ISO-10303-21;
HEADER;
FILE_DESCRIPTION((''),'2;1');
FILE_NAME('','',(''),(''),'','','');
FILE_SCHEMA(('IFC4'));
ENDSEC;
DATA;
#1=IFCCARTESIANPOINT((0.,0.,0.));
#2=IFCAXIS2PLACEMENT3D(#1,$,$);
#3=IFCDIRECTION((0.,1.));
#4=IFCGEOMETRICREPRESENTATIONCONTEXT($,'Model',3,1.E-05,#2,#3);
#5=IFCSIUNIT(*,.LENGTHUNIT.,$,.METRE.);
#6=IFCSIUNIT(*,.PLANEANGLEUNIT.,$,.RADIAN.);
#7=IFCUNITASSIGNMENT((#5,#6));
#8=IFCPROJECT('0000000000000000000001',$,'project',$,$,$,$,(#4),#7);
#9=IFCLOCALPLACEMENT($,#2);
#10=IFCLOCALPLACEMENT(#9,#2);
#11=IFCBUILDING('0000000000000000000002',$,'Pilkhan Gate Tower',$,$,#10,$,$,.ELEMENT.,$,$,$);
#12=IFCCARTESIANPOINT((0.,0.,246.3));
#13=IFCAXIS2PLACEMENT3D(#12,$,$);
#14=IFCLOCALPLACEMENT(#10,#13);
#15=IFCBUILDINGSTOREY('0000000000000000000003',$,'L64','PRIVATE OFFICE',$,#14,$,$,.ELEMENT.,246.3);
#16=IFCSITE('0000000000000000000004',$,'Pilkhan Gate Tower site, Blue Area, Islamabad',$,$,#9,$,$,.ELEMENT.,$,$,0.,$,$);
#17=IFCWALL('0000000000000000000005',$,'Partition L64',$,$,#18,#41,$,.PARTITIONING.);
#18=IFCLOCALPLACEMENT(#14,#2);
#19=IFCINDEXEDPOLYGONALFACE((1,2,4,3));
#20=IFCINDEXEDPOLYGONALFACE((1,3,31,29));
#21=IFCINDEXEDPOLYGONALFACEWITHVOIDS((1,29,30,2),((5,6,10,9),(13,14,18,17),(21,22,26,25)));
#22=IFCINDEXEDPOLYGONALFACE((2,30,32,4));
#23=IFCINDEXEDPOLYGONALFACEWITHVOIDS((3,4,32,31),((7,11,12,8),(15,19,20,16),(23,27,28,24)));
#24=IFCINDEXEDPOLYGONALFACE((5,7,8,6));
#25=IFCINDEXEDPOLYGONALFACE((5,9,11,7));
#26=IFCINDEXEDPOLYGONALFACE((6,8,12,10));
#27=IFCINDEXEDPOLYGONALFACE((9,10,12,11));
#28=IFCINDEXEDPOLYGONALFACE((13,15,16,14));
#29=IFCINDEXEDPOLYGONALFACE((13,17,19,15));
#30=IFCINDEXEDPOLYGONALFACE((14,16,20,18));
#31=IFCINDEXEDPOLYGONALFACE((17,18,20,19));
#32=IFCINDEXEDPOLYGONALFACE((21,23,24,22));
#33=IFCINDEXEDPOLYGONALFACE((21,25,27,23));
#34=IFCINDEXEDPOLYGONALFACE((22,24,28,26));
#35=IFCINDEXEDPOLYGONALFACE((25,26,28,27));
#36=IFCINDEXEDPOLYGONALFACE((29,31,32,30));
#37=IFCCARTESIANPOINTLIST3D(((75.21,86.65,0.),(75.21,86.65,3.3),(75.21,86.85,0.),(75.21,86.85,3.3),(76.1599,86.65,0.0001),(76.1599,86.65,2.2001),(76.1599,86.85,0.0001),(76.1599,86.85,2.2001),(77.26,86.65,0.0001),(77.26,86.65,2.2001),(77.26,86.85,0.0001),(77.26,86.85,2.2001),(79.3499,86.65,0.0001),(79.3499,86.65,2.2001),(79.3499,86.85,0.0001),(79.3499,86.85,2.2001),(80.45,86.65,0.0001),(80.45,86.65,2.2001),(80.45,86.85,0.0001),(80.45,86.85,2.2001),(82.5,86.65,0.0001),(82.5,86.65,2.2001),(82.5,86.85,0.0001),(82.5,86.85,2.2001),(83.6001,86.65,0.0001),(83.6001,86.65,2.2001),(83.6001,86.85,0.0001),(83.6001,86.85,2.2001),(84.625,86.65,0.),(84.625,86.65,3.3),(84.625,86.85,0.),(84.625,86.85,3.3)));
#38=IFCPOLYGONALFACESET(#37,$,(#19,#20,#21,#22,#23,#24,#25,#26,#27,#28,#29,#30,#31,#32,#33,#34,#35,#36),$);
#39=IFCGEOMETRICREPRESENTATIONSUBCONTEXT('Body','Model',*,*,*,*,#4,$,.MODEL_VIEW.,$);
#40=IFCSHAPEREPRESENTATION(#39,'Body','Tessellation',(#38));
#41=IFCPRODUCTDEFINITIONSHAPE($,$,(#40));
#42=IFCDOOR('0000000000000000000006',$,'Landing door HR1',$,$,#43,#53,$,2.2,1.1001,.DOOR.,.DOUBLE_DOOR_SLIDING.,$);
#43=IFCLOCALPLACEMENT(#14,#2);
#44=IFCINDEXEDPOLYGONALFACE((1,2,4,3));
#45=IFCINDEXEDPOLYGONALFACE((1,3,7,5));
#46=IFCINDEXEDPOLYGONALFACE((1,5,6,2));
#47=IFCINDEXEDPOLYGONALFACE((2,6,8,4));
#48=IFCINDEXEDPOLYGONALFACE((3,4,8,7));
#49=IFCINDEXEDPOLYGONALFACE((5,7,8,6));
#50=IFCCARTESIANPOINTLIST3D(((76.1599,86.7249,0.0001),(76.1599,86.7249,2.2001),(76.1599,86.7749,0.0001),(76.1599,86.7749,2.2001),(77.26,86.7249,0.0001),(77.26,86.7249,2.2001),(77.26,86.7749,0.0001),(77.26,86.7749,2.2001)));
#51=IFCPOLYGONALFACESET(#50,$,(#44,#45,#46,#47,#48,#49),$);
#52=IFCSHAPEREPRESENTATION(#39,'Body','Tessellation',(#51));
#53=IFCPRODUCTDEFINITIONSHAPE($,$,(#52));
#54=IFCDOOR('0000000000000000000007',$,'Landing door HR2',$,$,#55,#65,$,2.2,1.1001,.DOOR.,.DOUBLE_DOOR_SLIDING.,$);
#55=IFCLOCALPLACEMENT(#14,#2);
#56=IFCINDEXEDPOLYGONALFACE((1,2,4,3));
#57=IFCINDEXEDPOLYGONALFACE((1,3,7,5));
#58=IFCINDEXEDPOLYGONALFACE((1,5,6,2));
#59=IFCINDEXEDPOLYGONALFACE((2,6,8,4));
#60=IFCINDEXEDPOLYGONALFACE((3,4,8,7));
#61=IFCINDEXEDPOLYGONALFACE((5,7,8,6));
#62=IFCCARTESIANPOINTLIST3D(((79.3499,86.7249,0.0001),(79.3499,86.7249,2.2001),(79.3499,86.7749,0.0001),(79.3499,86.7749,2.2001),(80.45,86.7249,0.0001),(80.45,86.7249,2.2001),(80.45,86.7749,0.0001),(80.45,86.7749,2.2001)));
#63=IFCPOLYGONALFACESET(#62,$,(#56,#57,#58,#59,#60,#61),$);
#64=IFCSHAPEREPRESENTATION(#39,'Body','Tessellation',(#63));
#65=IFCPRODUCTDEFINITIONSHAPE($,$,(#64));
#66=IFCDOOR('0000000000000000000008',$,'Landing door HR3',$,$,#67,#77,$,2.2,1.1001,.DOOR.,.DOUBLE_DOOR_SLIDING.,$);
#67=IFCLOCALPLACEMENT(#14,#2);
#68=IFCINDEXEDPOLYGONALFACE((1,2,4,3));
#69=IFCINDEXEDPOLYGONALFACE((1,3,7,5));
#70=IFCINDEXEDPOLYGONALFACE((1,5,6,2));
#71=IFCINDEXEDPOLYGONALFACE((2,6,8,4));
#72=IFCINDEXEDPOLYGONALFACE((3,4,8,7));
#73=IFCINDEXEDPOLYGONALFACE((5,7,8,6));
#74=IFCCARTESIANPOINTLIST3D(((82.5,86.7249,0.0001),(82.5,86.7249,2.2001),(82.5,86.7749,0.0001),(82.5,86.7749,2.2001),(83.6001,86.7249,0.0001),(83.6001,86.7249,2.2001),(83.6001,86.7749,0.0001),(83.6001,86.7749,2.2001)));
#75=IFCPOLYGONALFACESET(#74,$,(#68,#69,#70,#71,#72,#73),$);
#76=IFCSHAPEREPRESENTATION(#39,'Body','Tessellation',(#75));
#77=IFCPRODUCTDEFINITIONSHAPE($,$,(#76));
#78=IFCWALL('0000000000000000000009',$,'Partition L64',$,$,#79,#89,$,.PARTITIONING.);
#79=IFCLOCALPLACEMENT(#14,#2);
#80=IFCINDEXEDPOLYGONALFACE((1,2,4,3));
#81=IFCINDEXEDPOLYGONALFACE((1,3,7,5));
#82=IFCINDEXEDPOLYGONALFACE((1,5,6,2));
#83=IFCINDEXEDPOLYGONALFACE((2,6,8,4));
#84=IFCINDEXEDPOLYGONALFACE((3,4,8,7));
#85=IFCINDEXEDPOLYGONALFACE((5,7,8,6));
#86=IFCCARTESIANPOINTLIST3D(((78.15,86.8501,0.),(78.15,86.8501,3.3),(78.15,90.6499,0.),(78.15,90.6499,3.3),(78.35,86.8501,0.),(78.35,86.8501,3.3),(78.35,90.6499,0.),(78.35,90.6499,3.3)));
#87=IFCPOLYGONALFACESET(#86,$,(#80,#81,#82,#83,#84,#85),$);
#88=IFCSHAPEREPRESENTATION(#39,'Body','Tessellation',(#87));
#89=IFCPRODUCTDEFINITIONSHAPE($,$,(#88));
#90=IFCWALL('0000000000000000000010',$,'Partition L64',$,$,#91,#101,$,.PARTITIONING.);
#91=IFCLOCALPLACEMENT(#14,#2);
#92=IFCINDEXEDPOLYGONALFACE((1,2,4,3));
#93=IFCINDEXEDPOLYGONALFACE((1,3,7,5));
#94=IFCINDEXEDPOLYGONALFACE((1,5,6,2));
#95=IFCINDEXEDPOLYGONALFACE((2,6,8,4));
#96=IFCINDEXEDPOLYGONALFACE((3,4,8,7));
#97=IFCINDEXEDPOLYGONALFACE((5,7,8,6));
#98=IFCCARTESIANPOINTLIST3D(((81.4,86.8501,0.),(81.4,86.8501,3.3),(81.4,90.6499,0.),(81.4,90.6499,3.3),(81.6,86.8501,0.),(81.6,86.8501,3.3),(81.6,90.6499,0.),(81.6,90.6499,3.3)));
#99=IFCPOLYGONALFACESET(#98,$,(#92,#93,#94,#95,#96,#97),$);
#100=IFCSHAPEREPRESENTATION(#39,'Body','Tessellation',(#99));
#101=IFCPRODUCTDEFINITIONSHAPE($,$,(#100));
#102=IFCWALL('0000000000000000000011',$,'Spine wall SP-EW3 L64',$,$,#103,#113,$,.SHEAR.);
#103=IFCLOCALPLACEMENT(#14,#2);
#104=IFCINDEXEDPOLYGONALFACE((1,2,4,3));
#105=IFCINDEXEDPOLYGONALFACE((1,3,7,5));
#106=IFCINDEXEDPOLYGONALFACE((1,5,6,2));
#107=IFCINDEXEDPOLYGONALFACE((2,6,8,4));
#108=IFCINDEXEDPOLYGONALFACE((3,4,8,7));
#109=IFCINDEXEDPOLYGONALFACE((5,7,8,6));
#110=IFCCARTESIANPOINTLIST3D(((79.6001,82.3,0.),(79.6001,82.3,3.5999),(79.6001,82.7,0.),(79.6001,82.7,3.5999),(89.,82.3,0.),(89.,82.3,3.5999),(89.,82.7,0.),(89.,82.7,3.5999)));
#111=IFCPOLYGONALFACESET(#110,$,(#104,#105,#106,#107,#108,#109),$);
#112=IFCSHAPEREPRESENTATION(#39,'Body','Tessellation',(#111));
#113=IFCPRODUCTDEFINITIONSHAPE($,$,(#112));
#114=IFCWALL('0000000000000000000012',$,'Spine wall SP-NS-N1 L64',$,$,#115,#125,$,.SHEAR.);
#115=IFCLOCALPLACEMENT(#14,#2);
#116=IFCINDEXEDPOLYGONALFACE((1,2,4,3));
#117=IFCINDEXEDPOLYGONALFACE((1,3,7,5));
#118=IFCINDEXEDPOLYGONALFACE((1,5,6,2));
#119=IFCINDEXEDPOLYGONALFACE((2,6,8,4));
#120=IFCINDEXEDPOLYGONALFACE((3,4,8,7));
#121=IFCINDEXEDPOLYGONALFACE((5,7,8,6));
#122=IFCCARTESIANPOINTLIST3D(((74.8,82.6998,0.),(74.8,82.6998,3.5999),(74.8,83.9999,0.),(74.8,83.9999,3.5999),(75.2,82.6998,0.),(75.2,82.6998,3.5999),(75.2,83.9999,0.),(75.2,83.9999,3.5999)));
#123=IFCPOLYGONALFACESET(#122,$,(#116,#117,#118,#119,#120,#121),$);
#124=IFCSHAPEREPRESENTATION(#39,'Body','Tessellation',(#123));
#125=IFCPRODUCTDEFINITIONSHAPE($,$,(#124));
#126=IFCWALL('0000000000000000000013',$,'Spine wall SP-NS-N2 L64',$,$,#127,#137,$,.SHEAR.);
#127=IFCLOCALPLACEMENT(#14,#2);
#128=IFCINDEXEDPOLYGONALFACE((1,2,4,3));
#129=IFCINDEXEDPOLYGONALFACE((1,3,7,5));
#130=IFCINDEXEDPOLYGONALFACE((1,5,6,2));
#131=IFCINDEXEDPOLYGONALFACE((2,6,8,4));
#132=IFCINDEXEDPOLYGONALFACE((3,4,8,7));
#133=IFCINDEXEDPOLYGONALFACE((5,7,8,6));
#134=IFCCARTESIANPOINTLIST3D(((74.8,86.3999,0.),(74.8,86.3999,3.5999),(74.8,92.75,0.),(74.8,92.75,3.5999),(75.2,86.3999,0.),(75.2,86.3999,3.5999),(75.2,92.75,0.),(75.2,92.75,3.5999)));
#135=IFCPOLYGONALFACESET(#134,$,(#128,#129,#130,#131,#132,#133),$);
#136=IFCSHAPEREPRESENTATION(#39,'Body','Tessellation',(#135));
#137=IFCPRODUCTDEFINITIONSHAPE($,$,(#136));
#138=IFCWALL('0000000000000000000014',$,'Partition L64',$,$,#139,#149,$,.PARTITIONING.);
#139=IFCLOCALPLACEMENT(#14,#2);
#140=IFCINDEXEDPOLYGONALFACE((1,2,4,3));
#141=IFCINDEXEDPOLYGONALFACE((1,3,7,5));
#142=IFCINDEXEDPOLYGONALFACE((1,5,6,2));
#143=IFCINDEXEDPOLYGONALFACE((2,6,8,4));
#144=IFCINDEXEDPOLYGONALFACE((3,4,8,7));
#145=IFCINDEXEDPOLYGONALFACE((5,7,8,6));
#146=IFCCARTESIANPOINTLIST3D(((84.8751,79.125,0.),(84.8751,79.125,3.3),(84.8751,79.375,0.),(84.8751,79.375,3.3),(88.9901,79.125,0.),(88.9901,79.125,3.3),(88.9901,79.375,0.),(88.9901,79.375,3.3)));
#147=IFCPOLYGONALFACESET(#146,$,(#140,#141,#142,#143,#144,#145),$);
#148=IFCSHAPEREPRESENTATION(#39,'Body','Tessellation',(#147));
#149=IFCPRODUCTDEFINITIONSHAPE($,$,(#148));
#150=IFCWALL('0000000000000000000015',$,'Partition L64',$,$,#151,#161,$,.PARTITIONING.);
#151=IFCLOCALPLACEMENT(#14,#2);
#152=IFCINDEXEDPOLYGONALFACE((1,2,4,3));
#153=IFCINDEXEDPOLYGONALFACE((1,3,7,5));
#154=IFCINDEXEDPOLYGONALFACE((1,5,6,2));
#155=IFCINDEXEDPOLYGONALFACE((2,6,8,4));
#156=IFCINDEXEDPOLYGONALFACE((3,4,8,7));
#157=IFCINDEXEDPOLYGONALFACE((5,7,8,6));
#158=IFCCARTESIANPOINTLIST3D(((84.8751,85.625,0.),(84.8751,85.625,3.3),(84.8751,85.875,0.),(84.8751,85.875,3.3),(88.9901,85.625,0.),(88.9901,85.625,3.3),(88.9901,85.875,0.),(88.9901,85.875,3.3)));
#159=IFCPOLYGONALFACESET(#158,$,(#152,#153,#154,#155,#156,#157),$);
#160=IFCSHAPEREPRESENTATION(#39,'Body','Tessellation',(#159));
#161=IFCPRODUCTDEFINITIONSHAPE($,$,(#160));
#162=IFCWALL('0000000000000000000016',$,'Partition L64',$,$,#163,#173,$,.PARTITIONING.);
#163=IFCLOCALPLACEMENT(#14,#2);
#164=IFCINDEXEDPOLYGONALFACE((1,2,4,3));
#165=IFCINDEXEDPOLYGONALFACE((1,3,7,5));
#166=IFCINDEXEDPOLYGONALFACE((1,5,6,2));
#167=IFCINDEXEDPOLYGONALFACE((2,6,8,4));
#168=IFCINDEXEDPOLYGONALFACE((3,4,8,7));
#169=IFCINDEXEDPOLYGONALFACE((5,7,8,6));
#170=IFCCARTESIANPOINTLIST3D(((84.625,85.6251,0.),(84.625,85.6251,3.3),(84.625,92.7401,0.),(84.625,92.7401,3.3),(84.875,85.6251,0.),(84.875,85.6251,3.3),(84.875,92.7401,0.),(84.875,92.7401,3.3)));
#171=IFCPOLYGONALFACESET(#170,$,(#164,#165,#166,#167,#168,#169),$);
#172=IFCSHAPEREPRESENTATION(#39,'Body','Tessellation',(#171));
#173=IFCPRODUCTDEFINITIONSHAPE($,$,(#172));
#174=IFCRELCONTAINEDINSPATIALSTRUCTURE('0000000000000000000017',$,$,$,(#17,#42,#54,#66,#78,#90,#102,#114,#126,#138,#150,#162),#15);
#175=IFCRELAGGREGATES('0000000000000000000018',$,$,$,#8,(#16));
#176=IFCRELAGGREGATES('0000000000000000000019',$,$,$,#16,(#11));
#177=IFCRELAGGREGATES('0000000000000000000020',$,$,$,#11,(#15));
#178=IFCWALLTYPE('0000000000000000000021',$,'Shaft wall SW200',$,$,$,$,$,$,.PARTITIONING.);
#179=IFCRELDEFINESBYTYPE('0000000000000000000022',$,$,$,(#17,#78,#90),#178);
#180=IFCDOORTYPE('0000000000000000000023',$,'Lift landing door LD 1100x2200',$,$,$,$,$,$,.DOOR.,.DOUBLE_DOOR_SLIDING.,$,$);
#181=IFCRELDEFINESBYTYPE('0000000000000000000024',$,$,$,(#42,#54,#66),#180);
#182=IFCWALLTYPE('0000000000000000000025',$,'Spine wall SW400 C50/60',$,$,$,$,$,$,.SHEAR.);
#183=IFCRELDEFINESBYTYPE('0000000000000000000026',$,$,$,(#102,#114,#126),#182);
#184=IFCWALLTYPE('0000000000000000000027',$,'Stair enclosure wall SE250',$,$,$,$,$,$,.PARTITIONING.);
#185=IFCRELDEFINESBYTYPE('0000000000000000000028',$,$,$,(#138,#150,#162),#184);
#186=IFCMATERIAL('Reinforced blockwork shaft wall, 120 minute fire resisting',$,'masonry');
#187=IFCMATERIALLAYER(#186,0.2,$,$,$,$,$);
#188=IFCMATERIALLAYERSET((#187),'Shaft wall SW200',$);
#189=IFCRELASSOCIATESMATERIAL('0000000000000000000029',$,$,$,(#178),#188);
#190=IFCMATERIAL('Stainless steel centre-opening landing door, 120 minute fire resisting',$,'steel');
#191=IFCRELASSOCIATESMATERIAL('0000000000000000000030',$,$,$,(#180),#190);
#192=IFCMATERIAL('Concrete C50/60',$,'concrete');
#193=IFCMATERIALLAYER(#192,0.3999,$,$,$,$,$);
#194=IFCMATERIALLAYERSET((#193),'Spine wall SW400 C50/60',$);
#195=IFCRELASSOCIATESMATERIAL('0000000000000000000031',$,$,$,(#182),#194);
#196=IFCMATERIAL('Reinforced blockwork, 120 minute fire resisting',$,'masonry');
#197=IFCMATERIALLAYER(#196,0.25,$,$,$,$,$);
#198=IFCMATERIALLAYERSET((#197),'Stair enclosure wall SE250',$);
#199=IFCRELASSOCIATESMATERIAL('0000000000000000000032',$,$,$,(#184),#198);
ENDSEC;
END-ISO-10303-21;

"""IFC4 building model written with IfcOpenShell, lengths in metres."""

from ifc_helpers import new_model, si_unit, direction, frame, frame_2d, origin, place, context, subcontext, project, spatial, rectangle, extrude, material, layer, layer_set, type_object, element, fill, save


model = new_model("IFC4")

# Units and contexts
model_context = context("Model", 3, precision=1e-05, world=origin(), true_north=direction((0.0, 1.0)))
body_context = subcontext(model_context, "Body", "Model", "MODEL_VIEW")
ifc_project = project(units=[si_unit("LENGTHUNIT", "METRE"), si_unit("PLANEANGLEUNIT", "RADIAN")], contexts=[model_context])

# Site, building, storey
site_placement = place(None, origin())
site = spatial("IfcSite", under=ifc_project, at=site_placement, Name="Pilkhan Gate Tower site, Blue Area, Islamabad", CompositionType="ELEMENT", RefElevation=0.0)
building_placement = place(site_placement, origin())
building = spatial("IfcBuilding", under=site, at=building_placement, Name="Pilkhan Gate Tower", CompositionType="ELEMENT")
storey_placement = place(building_placement, frame((0.0, 0.0, 246.3)))
storey = spatial("IfcBuildingStorey", under=building, at=storey_placement, Name="L64", Description="PRIVATE OFFICE", CompositionType="ELEMENT", Elevation=246.3)

# Shared definitions
ifc_material_1 = material(Name="Concrete C50/60", Category="concrete")

# Wall, openings, doors
ifc_material_2 = material(Name="Reinforced blockwork shaft wall, 120 minute fire resisting", Category="masonry")
ifc_layer_1 = layer(ifc_material_2, 0.2)
ifc_layer_set_1 = layer_set([ifc_layer_1], Name="Shaft wall SW200")
wall_type_1 = type_object("IfcWallType", Name="Shaft wall SW200", PredefinedType="PARTITIONING", material=ifc_layer_set_1)
wall_1_placement = place(storey_placement, frame((75.21, 86.75, 0.0), z_axis=(0.0, 0.0, 1.0), x_axis=(1.0, 0.0, 0.0)))
wall_1 = element("IfcWall", 1, at=wall_1_placement, inside=storey, type_object=wall_type_1, Name="Partition L64", PredefinedType="PARTITIONING", context=body_context, shape_type="SweptSolid", body=[
    extrude(rectangle(XDim=9.415, YDim=0.2, at=frame_2d((4.7075, 0.0))), origin(), (0.0, 0.0, 1.0), 3.3),
])
opening_1_placement = place(wall_1_placement, frame((0.95, 0.0, 0.0)))
opening_1 = element("IfcOpeningElement", 2, at=opening_1_placement, cuts=wall_1, PredefinedType="OPENING", context=body_context, shape_type="SweptSolid", body=[
    extrude(rectangle(XDim=1.1001, YDim=2.2, at=frame_2d((0.55, 1.1001))), frame((0.0, 0.1099, 0.0), z_axis=(0.0, -1.0, 0.0), x_axis=(1.0, 0.0, 0.0)), (0.0, 0.0, 1.0), 0.22),
])
opening_2_placement = place(wall_1_placement, frame((4.1399, 0.0, 0.0)))
opening_2 = element("IfcOpeningElement", 3, at=opening_2_placement, cuts=wall_1, PredefinedType="OPENING", context=body_context, shape_type="SweptSolid", body=[
    extrude(rectangle(XDim=1.1001, YDim=2.2, at=frame_2d((0.55, 1.1001))), frame((0.0, 0.1099, 0.0), z_axis=(0.0, -1.0, 0.0), x_axis=(1.0, 0.0, 0.0)), (0.0, 0.0, 1.0), 0.22),
])
opening_3_placement = place(wall_1_placement, frame((7.29, 0.0, 0.0)))
opening_3 = element("IfcOpeningElement", 4, at=opening_3_placement, cuts=wall_1, PredefinedType="OPENING", context=body_context, shape_type="SweptSolid", body=[
    extrude(rectangle(XDim=1.1001, YDim=2.2, at=frame_2d((0.55, 1.1001))), frame((0.0, 0.1099, 0.0), z_axis=(0.0, -1.0, 0.0), x_axis=(1.0, 0.0, 0.0)), (0.0, 0.0, 1.0), 0.22),
])
ifc_material_3 = material(Name="Stainless steel centre-opening landing door, 120 minute fire resisting", Category="steel")
door_type_1 = type_object("IfcDoorType", Name="Lift landing door LD 1100x2200", OperationType="DOUBLE_DOOR_SLIDING", PredefinedType="DOOR", material=ifc_material_3)
door_1_placement = place(opening_1_placement, origin())
door_1 = element("IfcDoor", 5, at=door_1_placement, inside=storey, type_object=door_type_1, Name="Landing door HR1", OperationType="DOUBLE_DOOR_SLIDING", OverallHeight=2.2, OverallWidth=1.1001, PredefinedType="DOOR", context=body_context, shape_type="SweptSolid", body=[
    extrude(rectangle(XDim=1.1001, YDim=2.2, at=frame_2d((0.55, 1.1001))), frame((0.0, 0.0249, 0.0), z_axis=(0.0, -1.0, 0.0), x_axis=(1.0, 0.0, 0.0)), (0.0, 0.0, 1.0), 0.05),
])
fill(opening_1, door_1)
door_2_placement = place(opening_2_placement, origin())
door_2 = element("IfcDoor", 6, at=door_2_placement, inside=storey, type_object=door_type_1, Name="Landing door HR2", OperationType="DOUBLE_DOOR_SLIDING", OverallHeight=2.2, OverallWidth=1.1001, PredefinedType="DOOR", context=body_context, shape_type="SweptSolid", body=[
    extrude(rectangle(XDim=1.1001, YDim=2.2, at=frame_2d((0.55, 1.1001))), frame((0.0, 0.0249, 0.0), z_axis=(0.0, -1.0, 0.0), x_axis=(1.0, 0.0, 0.0)), (0.0, 0.0, 1.0), 0.05),
])
fill(opening_2, door_2)
door_3_placement = place(opening_3_placement, origin())
door_3 = element("IfcDoor", 7, at=door_3_placement, inside=storey, type_object=door_type_1, Name="Landing door HR3", OperationType="DOUBLE_DOOR_SLIDING", OverallHeight=2.2, OverallWidth=1.1001, PredefinedType="DOOR", context=body_context, shape_type="SweptSolid", body=[
    extrude(rectangle(XDim=1.1001, YDim=2.2, at=frame_2d((0.55, 1.1001))), frame((0.0, 0.0249, 0.0), z_axis=(0.0, -1.0, 0.0), x_axis=(1.0, 0.0, 0.0)), (0.0, 0.0, 1.0), 0.05),
])
fill(opening_3, door_3)

# Walls
for number, where, z_axis, x_axis, name in (
    (8, (78.25, 86.8501, 0.0), (0.0, 0.0, 1.0), (0.0, 1.0, 0.0), "Partition L64"),
    (9, (81.5, 86.8501, 0.0), (0.0, 0.0, 1.0), (0.0, 1.0, 0.0), "Partition L64"),
):
    element("IfcWall", number, at=place(storey_placement, frame(where, z_axis=z_axis, x_axis=x_axis)), inside=storey, type_object=wall_type_1, Name=name, PredefinedType="PARTITIONING", context=body_context, shape_type="SweptSolid", body=[
        extrude(rectangle(XDim=3.7998, YDim=0.2, at=frame_2d((1.8999, 0.0))), origin(), (0.0, 0.0, 1.0), 3.3),
    ])
ifc_layer_2 = layer(ifc_material_1, 0.3999)
ifc_layer_set_2 = layer_set([ifc_layer_2], Name="Spine wall SW400 C50/60")
wall_type_2 = type_object("IfcWallType", Name="Spine wall SW400 C50/60", PredefinedType="SHEAR", material=ifc_layer_set_2)
wall_2_placement = place(storey_placement, frame((79.6001, 82.5, 0.0), z_axis=(0.0, 0.0, 1.0), x_axis=(1.0, 0.0, 0.0)))
element("IfcWall", 10, at=wall_2_placement, inside=storey, type_object=wall_type_2, Name="Spine wall SP-EW3 L64", PredefinedType="SHEAR", context=body_context, shape_type="SweptSolid", body=[
    extrude(rectangle(XDim=9.3999, YDim=0.3999, at=frame_2d((4.7, 0.0))), origin(), (0.0, 0.0, 1.0), 3.5999),
])
wall_3_placement = place(storey_placement, frame((75.0, 82.7, 0.0), z_axis=(0.0, 0.0, 1.0), x_axis=(0.0, 1.0, 0.0)))
element("IfcWall", 11, at=wall_3_placement, inside=storey, type_object=wall_type_2, Name="Spine wall SP-NS-N1 L64", PredefinedType="SHEAR", context=body_context, shape_type="SweptSolid", body=[
    extrude(rectangle(XDim=1.3, YDim=0.3999, at=frame_2d((0.6499, 0.0))), origin(), (0.0, 0.0, 1.0), 3.5999),
])
wall_4_placement = place(storey_placement, frame((75.0, 86.3999, 0.0), z_axis=(0.0, 0.0, 1.0), x_axis=(0.0, 1.0, 0.0)))
element("IfcWall", 12, at=wall_4_placement, inside=storey, type_object=wall_type_2, Name="Spine wall SP-NS-N2 L64", PredefinedType="SHEAR", context=body_context, shape_type="SweptSolid", body=[
    extrude(rectangle(XDim=6.3501, YDim=0.3999, at=frame_2d((3.175, 0.0))), origin(), (0.0, 0.0, 1.0), 3.5999),
])
ifc_material_4 = material(Name="Reinforced blockwork, 120 minute fire resisting", Category="masonry")
ifc_layer_3 = layer(ifc_material_4, 0.25)
ifc_layer_set_3 = layer_set([ifc_layer_3], Name="Stair enclosure wall SE250")
wall_type_3 = type_object("IfcWallType", Name="Stair enclosure wall SE250", PredefinedType="PARTITIONING", material=ifc_layer_set_3)
for number, where, z_axis, x_axis, name in (
    (13, (84.875, 79.25, 0.0), (0.0, 0.0, 1.0), (1.0, 0.0, 0.0), "Partition L64"),
    (14, (84.875, 85.75, 0.0), (0.0, 0.0, 1.0), (1.0, 0.0, 0.0), "Partition L64"),
):
    element("IfcWall", number, at=place(storey_placement, frame(where, z_axis=z_axis, x_axis=x_axis)), inside=storey, type_object=wall_type_3, Name=name, PredefinedType="PARTITIONING", context=body_context, shape_type="SweptSolid", body=[
        extrude(rectangle(XDim=4.115, YDim=0.25, at=frame_2d((2.0576, 0.0))), origin(), (0.0, 0.0, 1.0), 3.3),
    ])
wall_5_placement = place(storey_placement, frame((84.75, 85.625, 0.0), z_axis=(0.0, 0.0, 1.0), x_axis=(0.0, 1.0, 0.0)))
element("IfcWall", 15, at=wall_5_placement, inside=storey, type_object=wall_type_3, Name="Partition L64", PredefinedType="PARTITIONING", context=body_context, shape_type="SweptSolid", body=[
    extrude(rectangle(XDim=7.115, YDim=0.25, at=frame_2d((3.5576, 0.0))), origin(), (0.0, 0.0, 1.0), 3.3),
])

save(model, "model.ifc")
